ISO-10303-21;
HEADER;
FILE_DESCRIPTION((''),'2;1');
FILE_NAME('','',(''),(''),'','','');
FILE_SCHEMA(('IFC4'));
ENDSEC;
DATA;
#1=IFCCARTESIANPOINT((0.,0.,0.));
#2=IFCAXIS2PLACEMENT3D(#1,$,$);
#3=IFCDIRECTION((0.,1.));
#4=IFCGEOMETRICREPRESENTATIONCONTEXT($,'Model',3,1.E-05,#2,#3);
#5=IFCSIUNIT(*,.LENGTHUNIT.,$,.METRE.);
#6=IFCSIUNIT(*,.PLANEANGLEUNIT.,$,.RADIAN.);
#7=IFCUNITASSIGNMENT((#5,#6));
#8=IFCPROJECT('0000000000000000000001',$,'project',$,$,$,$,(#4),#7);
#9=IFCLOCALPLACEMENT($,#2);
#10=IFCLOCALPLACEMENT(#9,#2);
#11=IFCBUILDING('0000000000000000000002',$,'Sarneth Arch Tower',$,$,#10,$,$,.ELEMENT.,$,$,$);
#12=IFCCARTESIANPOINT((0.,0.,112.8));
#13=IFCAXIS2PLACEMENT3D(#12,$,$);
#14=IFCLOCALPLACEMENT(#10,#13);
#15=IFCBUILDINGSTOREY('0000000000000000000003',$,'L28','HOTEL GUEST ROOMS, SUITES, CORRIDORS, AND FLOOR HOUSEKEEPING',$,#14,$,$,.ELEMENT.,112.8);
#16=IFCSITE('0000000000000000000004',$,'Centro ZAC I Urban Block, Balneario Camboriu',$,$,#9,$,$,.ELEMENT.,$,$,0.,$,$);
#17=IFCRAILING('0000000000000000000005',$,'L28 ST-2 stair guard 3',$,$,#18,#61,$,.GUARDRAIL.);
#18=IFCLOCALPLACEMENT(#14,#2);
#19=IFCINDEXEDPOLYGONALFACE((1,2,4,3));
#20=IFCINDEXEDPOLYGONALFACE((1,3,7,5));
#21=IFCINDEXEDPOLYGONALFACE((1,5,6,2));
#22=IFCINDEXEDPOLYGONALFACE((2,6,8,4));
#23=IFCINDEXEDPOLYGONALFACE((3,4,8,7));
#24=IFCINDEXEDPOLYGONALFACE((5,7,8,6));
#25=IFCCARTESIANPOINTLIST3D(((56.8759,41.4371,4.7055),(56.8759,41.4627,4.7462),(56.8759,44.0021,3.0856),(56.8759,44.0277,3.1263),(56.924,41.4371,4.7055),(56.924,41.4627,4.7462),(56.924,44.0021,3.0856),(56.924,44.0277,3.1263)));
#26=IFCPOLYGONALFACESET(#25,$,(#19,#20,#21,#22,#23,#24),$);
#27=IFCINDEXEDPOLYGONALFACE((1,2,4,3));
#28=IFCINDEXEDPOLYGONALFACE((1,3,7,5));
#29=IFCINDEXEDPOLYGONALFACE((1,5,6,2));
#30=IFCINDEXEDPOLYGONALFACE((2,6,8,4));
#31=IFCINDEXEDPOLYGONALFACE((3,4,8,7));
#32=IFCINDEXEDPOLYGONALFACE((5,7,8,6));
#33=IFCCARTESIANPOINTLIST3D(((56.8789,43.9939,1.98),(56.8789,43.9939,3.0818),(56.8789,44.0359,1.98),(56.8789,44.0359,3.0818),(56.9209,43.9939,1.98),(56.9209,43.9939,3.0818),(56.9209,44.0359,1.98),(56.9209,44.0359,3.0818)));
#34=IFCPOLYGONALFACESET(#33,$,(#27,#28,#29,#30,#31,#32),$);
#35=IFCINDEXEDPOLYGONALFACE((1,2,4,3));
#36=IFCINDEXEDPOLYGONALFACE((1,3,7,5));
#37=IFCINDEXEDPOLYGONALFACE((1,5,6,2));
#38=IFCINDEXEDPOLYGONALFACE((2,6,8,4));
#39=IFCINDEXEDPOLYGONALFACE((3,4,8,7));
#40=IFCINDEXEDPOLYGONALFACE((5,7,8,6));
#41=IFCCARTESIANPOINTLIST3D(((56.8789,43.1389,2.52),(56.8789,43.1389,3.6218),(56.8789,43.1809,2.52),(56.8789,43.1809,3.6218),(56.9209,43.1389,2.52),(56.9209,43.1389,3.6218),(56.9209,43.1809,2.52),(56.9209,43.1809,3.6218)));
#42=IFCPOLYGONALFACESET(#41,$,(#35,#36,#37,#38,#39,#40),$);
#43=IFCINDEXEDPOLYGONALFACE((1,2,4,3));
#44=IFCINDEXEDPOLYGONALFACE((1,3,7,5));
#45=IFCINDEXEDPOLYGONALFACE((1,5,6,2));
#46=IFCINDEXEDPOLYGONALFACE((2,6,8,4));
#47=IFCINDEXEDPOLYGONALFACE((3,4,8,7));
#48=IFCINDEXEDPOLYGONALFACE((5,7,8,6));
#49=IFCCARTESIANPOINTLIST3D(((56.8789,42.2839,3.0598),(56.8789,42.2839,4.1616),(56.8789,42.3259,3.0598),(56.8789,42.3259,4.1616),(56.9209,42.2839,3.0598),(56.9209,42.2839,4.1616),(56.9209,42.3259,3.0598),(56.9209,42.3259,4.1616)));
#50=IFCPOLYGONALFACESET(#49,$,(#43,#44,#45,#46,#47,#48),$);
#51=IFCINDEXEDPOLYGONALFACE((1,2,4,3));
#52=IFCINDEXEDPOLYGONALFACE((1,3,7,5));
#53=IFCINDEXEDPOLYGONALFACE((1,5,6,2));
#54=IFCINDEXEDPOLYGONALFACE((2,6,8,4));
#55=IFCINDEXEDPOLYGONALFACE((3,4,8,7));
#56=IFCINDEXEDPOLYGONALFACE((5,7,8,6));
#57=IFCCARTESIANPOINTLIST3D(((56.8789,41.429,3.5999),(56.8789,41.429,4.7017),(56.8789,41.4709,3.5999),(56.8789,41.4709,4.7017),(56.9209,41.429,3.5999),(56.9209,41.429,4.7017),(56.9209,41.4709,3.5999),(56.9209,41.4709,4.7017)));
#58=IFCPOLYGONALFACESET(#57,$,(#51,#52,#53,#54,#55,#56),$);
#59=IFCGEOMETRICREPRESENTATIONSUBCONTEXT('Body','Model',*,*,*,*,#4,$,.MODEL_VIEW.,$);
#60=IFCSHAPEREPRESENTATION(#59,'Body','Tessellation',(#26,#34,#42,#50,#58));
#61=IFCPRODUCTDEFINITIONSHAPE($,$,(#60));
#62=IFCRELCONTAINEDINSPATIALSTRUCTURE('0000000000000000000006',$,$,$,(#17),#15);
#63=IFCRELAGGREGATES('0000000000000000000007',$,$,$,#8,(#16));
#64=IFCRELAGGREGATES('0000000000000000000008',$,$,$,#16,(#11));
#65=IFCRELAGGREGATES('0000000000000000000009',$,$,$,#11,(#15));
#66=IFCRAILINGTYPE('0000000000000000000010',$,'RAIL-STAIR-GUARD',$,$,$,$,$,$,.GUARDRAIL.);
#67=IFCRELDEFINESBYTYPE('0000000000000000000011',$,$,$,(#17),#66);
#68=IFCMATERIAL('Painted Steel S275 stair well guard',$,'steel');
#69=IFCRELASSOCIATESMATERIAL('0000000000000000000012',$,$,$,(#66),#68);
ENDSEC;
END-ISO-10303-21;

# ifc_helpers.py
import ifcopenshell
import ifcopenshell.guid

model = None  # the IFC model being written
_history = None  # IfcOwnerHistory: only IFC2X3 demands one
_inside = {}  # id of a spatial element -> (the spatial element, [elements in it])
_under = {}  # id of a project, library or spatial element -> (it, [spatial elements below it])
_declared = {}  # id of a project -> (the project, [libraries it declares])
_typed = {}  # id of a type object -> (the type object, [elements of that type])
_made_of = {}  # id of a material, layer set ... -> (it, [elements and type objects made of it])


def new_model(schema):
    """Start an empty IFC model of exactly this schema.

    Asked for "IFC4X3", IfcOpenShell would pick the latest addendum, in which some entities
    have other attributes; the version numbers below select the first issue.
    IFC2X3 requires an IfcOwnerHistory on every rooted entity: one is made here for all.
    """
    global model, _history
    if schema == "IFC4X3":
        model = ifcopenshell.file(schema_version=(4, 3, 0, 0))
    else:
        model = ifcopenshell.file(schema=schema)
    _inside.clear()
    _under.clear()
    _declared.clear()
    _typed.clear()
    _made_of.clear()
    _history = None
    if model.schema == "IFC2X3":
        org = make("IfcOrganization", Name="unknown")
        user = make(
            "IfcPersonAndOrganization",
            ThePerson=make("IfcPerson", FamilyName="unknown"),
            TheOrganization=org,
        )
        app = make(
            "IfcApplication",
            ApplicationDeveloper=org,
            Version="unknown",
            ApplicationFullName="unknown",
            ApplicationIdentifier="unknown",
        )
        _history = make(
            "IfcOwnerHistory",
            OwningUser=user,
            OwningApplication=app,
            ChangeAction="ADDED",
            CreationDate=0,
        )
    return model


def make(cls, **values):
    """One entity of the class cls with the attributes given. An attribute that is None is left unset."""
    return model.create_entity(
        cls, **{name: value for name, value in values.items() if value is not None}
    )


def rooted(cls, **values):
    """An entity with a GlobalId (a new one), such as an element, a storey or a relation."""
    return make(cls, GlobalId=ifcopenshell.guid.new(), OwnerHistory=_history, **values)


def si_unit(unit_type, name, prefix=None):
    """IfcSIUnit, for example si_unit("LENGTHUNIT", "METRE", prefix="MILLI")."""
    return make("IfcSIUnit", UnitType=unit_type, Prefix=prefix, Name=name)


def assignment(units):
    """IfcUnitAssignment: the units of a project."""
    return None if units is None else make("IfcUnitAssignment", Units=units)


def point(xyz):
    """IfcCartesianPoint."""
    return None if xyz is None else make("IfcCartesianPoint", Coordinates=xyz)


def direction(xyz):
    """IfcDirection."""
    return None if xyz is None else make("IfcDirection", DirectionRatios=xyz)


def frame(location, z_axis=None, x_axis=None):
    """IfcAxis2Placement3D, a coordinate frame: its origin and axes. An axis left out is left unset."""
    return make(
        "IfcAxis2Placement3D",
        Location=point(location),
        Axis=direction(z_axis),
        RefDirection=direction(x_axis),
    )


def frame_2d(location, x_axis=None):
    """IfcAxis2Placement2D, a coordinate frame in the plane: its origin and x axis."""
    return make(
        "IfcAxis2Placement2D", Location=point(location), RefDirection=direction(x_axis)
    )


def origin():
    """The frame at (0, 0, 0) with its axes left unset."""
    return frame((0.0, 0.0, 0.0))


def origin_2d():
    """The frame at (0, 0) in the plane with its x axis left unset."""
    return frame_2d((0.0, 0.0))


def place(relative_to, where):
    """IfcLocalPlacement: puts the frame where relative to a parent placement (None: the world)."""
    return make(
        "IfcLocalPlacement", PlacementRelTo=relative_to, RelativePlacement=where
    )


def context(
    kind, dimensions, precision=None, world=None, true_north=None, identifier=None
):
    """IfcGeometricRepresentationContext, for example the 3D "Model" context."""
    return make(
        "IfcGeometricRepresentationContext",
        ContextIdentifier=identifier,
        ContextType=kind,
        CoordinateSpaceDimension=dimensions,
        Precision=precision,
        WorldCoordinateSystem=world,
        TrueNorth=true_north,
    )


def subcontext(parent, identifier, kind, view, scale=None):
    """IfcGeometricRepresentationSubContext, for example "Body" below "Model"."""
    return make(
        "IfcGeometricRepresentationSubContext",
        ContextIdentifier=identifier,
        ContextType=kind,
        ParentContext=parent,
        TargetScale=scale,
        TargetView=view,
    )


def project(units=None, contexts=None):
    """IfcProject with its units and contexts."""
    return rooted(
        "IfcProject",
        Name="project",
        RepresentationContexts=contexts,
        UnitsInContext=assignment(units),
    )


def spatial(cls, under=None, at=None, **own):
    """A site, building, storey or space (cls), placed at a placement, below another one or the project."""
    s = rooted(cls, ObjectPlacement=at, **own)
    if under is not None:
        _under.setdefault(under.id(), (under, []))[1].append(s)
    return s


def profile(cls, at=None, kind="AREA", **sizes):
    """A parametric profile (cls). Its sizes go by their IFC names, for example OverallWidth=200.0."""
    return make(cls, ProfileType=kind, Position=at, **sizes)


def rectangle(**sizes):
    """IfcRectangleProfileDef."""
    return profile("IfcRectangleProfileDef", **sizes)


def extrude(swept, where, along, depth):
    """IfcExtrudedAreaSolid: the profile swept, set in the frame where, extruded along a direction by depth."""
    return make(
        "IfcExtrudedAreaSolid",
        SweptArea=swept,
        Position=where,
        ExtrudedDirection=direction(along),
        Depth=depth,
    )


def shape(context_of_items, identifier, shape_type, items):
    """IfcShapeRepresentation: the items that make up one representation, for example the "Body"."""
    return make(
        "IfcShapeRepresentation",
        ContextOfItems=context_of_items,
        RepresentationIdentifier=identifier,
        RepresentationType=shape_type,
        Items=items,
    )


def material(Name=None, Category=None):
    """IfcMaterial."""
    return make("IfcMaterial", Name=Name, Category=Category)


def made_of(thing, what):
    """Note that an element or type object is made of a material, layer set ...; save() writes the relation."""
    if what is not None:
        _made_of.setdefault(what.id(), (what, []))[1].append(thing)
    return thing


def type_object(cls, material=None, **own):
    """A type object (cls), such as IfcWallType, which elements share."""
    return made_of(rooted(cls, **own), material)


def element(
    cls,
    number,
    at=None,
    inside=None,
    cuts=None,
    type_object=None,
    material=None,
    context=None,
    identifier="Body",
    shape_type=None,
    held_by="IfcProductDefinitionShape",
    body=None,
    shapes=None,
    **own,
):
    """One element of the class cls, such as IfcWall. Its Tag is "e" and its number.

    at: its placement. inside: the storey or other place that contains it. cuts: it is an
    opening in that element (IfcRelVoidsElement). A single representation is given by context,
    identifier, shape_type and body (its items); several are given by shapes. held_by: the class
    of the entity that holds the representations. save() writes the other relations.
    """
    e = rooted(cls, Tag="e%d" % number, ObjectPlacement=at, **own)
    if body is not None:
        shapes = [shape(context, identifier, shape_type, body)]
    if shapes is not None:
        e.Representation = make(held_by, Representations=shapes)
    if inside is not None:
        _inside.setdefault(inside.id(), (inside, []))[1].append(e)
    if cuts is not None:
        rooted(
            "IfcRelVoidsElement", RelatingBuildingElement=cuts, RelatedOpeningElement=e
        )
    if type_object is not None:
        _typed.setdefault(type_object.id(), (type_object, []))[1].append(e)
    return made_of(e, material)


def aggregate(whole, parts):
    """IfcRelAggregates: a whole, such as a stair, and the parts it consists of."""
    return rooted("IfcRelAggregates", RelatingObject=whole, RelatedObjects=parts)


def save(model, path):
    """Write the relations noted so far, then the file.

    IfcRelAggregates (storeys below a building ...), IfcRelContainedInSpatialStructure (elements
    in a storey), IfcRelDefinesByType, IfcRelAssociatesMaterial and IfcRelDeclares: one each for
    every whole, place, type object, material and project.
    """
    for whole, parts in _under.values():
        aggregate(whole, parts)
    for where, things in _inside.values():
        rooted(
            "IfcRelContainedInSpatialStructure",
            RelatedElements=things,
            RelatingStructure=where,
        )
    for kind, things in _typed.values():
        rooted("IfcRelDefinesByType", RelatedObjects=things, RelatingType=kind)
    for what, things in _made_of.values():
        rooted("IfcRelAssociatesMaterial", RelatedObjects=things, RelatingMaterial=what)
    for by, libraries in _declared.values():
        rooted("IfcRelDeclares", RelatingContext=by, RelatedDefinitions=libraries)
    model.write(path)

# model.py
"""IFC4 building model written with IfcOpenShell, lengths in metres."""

from ifc_helpers import new_model, si_unit, direction, frame, origin, origin_2d, place, context, subcontext, project, spatial, rectangle, extrude, material, type_object, element, save


model = new_model("IFC4")

# Units and contexts
model_context = context("Model", 3, precision=1e-05, world=origin(), true_north=direction((0.0, 1.0)))
body_context = subcontext(model_context, "Body", "Model", "MODEL_VIEW")
ifc_project = project(units=[si_unit("LENGTHUNIT", "METRE"), si_unit("PLANEANGLEUNIT", "RADIAN")], contexts=[model_context])

# Site, building, storey
site_placement = place(None, origin())
site = spatial("IfcSite", under=ifc_project, at=site_placement, Name="Centro ZAC I Urban Block, Balneario Camboriu", CompositionType="ELEMENT", RefElevation=0.0)
building_placement = place(site_placement, origin())
building = spatial("IfcBuilding", under=site, at=building_placement, Name="Sarneth Arch Tower", CompositionType="ELEMENT")
storey_placement = place(building_placement, frame((0.0, 0.0, 112.8)))
storey = spatial("IfcBuildingStorey", under=building, at=storey_placement, Name="L28", Description="HOTEL GUEST ROOMS, SUITES, CORRIDORS, AND FLOOR HOUSEKEEPING", CompositionType="ELEMENT", Elevation=112.8)

# Railing
ifc_material_1 = material(Name="Painted Steel S275 stair well guard", Category="steel")
railing_type_1 = type_object("IfcRailingType", Name="RAIL-STAIR-GUARD", PredefinedType="GUARDRAIL", material=ifc_material_1)
railing_1_placement = place(storey_placement, frame((56.8999, 44.0149, 1.98)))
element("IfcRailing", 1, at=railing_1_placement, inside=storey, type_object=railing_type_1, Name="L28 ST-2 stair guard 3", PredefinedType="GUARDRAIL", context=body_context, shape_type="SweptSolid", body=[
    extrude(rectangle(XDim=0.0481, YDim=0.0481, at=origin_2d()), frame((0.0, 0.0, 1.126), z_axis=(0.0, -0.845502, 0.533972), x_axis=(1.0, 0.0, 0.0)), (0.0, 0.0, 1.0), 3.0337),
    extrude(rectangle(XDim=0.042, YDim=0.042, at=origin_2d()), origin(), (0.0, 0.0, 1.0), 1.1018),
    extrude(rectangle(XDim=0.042, YDim=0.042, at=origin_2d()), frame((0.0, -0.855, 0.54)), (0.0, 0.0, 1.0), 1.1018),
    extrude(rectangle(XDim=0.042, YDim=0.042, at=origin_2d()), frame((0.0, -1.71, 1.0798)), (0.0, 0.0, 1.0), 1.1018),
    extrude(rectangle(XDim=0.042, YDim=0.042, at=origin_2d()), frame((0.0, -2.5649, 1.6199)), (0.0, 0.0, 1.0), 1.1018),
])

save(model, "model.ifc")
